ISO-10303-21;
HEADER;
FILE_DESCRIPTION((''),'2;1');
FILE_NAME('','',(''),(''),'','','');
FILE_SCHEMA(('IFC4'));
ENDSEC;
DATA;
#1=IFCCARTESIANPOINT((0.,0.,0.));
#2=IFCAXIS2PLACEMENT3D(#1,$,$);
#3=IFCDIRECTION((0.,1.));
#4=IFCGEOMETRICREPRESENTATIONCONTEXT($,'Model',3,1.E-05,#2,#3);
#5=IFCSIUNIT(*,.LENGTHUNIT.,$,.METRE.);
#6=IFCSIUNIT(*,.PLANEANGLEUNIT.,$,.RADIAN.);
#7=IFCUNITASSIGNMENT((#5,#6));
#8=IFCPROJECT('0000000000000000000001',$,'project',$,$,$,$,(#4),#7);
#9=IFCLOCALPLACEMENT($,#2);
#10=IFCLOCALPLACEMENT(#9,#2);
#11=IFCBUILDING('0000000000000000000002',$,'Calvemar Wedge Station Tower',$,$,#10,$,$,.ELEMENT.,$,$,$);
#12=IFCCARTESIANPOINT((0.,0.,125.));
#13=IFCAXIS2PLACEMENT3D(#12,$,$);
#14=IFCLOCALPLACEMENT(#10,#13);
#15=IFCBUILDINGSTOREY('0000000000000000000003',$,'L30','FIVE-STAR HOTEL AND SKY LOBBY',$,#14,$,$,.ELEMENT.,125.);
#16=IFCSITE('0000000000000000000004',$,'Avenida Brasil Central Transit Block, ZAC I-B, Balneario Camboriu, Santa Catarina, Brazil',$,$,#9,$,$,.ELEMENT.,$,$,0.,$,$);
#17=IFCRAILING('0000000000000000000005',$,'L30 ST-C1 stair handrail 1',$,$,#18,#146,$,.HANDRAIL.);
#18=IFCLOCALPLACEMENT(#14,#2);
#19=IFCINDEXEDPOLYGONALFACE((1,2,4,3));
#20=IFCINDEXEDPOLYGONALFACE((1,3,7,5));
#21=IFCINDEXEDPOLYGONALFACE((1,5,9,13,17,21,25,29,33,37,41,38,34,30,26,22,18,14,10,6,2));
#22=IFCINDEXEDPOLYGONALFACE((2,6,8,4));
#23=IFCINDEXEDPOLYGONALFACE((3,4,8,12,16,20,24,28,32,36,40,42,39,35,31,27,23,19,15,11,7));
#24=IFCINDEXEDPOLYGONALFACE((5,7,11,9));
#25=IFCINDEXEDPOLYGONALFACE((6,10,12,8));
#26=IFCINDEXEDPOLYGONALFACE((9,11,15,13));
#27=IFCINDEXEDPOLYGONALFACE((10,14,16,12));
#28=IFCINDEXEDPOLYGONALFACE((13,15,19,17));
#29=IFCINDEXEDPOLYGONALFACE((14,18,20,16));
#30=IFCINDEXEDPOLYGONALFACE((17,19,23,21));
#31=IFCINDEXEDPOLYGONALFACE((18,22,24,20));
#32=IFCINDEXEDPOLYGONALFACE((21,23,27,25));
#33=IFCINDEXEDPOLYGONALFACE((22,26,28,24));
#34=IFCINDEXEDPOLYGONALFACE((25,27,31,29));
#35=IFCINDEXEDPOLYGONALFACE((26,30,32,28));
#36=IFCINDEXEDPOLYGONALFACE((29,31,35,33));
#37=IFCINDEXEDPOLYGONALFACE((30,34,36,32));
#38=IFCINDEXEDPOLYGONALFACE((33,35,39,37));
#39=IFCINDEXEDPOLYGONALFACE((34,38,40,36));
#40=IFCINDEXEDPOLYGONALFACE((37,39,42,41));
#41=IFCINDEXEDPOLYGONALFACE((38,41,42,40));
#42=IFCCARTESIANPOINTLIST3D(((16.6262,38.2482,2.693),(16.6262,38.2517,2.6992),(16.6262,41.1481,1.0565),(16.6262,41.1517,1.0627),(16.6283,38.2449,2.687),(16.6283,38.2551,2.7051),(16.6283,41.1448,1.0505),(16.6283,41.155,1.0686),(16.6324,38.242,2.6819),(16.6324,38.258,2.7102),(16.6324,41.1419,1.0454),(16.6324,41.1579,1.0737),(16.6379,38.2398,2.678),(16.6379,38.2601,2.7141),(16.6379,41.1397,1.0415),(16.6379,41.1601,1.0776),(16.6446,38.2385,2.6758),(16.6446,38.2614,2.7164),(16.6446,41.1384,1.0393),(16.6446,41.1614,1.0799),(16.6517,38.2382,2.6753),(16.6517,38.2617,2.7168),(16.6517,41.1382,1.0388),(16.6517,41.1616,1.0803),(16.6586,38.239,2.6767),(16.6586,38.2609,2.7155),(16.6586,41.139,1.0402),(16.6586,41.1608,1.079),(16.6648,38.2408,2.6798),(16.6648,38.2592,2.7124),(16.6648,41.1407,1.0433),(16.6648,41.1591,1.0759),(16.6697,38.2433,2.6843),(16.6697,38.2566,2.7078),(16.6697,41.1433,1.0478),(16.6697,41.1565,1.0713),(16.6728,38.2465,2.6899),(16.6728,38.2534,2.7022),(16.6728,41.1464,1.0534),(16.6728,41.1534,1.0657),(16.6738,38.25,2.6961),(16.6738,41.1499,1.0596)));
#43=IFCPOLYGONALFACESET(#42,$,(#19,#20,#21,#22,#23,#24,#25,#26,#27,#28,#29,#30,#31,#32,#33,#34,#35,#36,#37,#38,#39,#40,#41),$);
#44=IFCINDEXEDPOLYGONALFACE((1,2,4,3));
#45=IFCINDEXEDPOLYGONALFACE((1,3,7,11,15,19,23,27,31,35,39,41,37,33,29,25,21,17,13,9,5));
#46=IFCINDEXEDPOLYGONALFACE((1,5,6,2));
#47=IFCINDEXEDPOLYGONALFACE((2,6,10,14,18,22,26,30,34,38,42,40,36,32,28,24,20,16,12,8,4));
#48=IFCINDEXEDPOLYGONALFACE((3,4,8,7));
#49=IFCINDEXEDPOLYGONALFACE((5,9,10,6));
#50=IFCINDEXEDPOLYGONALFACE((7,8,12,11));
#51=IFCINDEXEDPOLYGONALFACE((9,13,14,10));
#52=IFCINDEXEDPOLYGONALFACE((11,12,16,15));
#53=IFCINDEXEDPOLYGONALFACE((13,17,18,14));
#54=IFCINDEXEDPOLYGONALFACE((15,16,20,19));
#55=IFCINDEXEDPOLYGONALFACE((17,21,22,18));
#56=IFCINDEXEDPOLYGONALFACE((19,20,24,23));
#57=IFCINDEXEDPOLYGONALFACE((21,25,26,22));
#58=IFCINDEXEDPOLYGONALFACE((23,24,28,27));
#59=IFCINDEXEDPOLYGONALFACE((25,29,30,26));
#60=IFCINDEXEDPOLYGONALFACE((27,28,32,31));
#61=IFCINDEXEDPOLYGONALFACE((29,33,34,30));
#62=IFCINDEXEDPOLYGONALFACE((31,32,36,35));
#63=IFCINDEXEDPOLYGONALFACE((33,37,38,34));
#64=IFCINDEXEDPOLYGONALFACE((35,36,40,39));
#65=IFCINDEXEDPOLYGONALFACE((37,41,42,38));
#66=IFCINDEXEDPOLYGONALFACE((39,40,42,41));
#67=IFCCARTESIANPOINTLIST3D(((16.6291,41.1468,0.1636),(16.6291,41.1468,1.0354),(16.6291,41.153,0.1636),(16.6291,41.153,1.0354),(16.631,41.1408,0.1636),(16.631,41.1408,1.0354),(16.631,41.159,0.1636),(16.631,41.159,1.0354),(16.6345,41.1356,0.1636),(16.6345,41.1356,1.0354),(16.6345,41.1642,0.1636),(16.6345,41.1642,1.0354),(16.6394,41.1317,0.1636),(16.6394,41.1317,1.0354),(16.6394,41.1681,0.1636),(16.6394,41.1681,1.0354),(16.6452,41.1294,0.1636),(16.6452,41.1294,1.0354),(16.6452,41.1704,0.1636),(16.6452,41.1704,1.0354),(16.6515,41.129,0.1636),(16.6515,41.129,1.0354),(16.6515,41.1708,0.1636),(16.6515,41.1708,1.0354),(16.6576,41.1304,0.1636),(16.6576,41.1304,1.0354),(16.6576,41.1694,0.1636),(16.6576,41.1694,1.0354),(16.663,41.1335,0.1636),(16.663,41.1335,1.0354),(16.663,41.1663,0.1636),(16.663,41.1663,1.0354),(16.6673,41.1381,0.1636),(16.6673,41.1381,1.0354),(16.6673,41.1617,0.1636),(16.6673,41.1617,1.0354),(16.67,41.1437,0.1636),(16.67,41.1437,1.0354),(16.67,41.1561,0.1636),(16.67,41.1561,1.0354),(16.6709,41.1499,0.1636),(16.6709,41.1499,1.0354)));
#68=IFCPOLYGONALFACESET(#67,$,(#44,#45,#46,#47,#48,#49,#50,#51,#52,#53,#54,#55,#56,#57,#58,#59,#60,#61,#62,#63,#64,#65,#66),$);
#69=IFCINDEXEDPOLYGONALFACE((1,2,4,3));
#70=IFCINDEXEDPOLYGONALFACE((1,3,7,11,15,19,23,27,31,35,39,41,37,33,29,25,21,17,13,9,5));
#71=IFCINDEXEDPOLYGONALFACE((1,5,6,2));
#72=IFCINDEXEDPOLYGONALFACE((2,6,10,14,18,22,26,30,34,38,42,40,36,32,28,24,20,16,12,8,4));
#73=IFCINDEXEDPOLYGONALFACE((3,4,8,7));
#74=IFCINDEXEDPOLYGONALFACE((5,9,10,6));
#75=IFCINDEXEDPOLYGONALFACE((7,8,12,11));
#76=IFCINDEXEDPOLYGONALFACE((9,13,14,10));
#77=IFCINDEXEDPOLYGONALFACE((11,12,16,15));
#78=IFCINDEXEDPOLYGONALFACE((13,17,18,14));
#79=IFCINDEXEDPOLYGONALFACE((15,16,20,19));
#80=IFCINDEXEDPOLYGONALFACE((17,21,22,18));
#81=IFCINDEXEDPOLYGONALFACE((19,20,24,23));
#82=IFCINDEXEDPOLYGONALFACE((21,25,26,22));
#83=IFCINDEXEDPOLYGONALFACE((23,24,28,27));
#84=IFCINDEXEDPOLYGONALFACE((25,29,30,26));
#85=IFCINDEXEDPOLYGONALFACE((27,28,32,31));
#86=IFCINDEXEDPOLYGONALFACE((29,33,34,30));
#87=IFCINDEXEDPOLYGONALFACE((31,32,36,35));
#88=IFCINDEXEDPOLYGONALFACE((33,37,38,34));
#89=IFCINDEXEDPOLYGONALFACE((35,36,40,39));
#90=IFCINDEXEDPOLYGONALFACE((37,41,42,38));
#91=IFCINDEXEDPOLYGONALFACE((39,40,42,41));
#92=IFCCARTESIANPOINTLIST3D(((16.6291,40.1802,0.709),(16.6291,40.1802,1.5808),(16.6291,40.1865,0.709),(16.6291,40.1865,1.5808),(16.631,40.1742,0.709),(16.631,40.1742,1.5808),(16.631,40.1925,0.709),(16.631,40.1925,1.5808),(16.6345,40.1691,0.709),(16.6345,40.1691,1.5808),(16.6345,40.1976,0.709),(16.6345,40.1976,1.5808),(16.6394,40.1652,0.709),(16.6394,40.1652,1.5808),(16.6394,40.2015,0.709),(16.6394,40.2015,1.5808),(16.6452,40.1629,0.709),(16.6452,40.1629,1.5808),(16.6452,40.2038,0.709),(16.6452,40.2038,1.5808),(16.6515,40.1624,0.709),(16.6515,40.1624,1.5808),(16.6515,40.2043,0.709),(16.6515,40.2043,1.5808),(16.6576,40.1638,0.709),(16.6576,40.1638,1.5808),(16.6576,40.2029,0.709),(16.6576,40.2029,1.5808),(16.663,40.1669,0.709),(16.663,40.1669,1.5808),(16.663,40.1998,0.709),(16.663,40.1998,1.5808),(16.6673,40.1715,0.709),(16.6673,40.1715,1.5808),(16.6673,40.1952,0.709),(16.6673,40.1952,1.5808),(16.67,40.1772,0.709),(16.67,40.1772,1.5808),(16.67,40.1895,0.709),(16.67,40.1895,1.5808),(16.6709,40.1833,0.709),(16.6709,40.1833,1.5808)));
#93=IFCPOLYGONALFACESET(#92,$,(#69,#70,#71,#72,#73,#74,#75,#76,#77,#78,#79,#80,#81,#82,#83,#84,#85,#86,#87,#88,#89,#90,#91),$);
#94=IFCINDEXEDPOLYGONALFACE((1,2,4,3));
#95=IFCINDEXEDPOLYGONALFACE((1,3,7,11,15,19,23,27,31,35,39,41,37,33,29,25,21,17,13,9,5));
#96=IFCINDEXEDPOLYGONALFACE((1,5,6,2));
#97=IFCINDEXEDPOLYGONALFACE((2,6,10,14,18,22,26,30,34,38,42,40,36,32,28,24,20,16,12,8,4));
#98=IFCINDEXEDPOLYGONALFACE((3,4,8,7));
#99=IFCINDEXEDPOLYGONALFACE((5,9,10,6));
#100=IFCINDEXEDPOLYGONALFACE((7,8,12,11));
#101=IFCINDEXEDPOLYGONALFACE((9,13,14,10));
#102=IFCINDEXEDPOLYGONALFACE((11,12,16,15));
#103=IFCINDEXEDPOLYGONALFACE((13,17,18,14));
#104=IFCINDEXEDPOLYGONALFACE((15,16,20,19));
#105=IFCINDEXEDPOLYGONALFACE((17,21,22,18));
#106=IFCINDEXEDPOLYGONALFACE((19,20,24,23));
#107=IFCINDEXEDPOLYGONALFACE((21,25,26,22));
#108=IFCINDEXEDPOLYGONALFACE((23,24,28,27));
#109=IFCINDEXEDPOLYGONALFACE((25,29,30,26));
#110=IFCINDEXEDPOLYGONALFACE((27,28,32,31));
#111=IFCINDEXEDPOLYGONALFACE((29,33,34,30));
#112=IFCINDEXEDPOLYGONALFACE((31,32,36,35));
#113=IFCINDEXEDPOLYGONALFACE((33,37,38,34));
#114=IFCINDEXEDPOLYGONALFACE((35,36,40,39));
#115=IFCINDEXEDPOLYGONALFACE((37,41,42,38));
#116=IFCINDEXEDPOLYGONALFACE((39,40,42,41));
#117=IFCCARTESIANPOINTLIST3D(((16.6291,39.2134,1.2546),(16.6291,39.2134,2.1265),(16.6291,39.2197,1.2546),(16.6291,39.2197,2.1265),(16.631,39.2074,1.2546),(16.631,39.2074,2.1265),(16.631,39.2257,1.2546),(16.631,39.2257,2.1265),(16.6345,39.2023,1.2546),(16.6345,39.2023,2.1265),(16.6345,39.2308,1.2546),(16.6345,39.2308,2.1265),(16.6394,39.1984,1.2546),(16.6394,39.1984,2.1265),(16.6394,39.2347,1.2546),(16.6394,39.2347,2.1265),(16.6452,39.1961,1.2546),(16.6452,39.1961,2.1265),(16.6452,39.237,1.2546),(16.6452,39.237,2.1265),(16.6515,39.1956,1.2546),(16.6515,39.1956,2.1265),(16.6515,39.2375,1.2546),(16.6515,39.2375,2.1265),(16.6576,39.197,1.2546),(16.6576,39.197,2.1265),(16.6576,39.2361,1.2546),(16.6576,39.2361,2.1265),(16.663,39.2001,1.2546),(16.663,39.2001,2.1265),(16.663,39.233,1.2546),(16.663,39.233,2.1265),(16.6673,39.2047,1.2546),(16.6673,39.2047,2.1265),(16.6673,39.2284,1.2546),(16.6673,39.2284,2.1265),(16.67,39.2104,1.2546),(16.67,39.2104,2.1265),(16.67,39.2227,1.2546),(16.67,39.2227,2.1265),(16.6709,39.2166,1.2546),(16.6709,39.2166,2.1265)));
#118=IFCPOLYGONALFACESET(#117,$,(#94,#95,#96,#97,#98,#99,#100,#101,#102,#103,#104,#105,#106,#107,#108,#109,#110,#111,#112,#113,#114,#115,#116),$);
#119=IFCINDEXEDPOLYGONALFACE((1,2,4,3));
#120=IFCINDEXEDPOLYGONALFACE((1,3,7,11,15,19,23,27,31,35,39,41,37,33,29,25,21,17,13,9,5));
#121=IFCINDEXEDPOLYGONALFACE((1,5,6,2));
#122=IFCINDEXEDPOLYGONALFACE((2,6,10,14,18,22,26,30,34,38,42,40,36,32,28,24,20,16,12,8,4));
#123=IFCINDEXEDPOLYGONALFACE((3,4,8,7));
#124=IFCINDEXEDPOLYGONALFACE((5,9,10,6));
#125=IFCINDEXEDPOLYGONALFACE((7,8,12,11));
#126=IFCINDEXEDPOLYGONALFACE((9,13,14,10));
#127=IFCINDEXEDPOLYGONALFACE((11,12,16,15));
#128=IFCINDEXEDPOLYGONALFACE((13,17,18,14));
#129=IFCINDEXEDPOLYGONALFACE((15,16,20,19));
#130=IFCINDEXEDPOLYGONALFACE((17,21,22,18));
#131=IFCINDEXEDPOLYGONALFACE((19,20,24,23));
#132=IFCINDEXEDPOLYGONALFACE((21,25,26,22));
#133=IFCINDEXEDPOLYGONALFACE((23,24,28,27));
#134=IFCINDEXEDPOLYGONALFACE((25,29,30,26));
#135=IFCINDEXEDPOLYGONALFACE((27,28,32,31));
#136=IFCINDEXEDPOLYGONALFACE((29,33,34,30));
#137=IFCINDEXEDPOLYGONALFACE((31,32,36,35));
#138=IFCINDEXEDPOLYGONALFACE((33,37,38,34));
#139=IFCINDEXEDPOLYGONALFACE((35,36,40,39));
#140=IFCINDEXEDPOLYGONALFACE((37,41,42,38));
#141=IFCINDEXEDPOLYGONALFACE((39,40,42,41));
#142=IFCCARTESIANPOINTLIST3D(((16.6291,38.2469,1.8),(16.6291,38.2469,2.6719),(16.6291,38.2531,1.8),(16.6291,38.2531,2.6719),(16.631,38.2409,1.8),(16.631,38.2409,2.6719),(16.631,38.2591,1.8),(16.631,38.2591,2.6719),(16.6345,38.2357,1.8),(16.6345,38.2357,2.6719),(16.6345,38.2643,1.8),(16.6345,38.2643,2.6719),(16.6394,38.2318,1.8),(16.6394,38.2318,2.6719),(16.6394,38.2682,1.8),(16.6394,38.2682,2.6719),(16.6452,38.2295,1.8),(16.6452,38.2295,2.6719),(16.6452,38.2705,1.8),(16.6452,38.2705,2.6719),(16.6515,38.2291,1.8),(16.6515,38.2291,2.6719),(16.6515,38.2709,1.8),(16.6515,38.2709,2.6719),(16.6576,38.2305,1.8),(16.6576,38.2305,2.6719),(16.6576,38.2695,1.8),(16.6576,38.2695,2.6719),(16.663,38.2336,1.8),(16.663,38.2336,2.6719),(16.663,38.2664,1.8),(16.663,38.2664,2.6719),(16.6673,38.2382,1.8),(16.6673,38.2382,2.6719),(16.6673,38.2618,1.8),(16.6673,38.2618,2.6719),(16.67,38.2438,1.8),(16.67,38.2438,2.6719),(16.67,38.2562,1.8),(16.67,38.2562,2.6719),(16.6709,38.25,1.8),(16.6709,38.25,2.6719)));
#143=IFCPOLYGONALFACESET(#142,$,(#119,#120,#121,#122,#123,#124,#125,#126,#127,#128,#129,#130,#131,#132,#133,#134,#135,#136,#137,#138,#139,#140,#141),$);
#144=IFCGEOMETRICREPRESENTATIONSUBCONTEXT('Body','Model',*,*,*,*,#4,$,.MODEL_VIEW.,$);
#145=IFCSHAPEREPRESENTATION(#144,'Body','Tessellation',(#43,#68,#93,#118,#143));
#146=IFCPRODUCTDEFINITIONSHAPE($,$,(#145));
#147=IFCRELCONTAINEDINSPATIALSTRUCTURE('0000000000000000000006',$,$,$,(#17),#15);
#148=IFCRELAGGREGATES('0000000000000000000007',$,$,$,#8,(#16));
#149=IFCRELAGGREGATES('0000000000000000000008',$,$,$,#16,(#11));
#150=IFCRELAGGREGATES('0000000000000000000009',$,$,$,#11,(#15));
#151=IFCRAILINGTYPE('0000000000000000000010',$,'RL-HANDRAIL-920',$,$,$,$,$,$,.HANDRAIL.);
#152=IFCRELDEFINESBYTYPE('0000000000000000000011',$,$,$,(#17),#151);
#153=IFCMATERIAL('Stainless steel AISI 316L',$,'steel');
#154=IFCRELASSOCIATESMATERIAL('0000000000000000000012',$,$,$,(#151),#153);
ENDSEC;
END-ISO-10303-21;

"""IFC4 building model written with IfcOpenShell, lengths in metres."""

from ifc_helpers import new_model, si_unit, direction, frame, origin, origin_2d, place, context, subcontext, project, spatial, circle, extrude, material, type_object, element, save


model = new_model("IFC4")

# Units and contexts
model_context = context("Model", 3, precision=1e-05, world=origin(), true_north=direction((0.0, 1.0)))
body_context = subcontext(model_context, "Body", "Model", "MODEL_VIEW")
ifc_project = project(units=[si_unit("LENGTHUNIT", "METRE"), si_unit("PLANEANGLEUNIT", "RADIAN")], contexts=[model_context])

# Site, building, storey
site_placement = place(None, origin())
site = spatial("IfcSite", under=ifc_project, at=site_placement, Name="Avenida Brasil Central Transit Block, ZAC I-B, Balneario Camboriu, Santa Catarina, Brazil", CompositionType="ELEMENT", RefElevation=0.0)
building_placement = place(site_placement, origin())
building = spatial("IfcBuilding", under=site, at=building_placement, Name="Calvemar Wedge Station Tower", CompositionType="ELEMENT")
storey_placement = place(building_placement, frame((0.0, 0.0, 125.0)))
storey = spatial("IfcBuildingStorey", under=building, at=storey_placement, Name="L30", Description="FIVE-STAR HOTEL AND SKY LOBBY", CompositionType="ELEMENT", Elevation=125.0)

# Railing
ifc_material_1 = material(Name="Stainless steel AISI 316L", Category="steel")
railing_type_1 = type_object("IfcRailingType", Name="RL-HANDRAIL-920", PredefinedType="HANDRAIL", material=ifc_material_1)
railing_1_placement = place(storey_placement, frame((16.6499, 41.1499, 0.1636)))
element("IfcRailing", 1, at=railing_1_placement, inside=storey, type_object=railing_type_1, Name="L30 ST-C1 stair handrail 1", PredefinedType="HANDRAIL", context=body_context, shape_type="SweptSolid", body=[
    extrude(circle(Radius=0.0239, at=origin_2d()), frame((0.0, 0.0, 0.896), z_axis=(0.0, -0.870897, 0.491465), x_axis=(1.0, 0.0, 0.0)), (0.0, 0.0, 1.0), 3.3298),
    extrude(circle(Radius=0.021, at=origin_2d()), origin(), (0.0, 0.0, 1.0), 0.8718),
    extrude(circle(Radius=0.021, at=origin_2d()), frame((0.0, -0.9666, 0.5454)), (0.0, 0.0, 1.0), 0.8718),
    extrude(circle(Radius=0.021, at=origin_2d()), frame((0.0, -1.9333, 1.0911)), (0.0, 0.0, 1.0), 0.8718),
    extrude(circle(Radius=0.021, at=origin_2d()), frame((0.0, -2.8999, 1.6365)), (0.0, 0.0, 1.0), 0.8718),
])

save(model, "model.ifc")
